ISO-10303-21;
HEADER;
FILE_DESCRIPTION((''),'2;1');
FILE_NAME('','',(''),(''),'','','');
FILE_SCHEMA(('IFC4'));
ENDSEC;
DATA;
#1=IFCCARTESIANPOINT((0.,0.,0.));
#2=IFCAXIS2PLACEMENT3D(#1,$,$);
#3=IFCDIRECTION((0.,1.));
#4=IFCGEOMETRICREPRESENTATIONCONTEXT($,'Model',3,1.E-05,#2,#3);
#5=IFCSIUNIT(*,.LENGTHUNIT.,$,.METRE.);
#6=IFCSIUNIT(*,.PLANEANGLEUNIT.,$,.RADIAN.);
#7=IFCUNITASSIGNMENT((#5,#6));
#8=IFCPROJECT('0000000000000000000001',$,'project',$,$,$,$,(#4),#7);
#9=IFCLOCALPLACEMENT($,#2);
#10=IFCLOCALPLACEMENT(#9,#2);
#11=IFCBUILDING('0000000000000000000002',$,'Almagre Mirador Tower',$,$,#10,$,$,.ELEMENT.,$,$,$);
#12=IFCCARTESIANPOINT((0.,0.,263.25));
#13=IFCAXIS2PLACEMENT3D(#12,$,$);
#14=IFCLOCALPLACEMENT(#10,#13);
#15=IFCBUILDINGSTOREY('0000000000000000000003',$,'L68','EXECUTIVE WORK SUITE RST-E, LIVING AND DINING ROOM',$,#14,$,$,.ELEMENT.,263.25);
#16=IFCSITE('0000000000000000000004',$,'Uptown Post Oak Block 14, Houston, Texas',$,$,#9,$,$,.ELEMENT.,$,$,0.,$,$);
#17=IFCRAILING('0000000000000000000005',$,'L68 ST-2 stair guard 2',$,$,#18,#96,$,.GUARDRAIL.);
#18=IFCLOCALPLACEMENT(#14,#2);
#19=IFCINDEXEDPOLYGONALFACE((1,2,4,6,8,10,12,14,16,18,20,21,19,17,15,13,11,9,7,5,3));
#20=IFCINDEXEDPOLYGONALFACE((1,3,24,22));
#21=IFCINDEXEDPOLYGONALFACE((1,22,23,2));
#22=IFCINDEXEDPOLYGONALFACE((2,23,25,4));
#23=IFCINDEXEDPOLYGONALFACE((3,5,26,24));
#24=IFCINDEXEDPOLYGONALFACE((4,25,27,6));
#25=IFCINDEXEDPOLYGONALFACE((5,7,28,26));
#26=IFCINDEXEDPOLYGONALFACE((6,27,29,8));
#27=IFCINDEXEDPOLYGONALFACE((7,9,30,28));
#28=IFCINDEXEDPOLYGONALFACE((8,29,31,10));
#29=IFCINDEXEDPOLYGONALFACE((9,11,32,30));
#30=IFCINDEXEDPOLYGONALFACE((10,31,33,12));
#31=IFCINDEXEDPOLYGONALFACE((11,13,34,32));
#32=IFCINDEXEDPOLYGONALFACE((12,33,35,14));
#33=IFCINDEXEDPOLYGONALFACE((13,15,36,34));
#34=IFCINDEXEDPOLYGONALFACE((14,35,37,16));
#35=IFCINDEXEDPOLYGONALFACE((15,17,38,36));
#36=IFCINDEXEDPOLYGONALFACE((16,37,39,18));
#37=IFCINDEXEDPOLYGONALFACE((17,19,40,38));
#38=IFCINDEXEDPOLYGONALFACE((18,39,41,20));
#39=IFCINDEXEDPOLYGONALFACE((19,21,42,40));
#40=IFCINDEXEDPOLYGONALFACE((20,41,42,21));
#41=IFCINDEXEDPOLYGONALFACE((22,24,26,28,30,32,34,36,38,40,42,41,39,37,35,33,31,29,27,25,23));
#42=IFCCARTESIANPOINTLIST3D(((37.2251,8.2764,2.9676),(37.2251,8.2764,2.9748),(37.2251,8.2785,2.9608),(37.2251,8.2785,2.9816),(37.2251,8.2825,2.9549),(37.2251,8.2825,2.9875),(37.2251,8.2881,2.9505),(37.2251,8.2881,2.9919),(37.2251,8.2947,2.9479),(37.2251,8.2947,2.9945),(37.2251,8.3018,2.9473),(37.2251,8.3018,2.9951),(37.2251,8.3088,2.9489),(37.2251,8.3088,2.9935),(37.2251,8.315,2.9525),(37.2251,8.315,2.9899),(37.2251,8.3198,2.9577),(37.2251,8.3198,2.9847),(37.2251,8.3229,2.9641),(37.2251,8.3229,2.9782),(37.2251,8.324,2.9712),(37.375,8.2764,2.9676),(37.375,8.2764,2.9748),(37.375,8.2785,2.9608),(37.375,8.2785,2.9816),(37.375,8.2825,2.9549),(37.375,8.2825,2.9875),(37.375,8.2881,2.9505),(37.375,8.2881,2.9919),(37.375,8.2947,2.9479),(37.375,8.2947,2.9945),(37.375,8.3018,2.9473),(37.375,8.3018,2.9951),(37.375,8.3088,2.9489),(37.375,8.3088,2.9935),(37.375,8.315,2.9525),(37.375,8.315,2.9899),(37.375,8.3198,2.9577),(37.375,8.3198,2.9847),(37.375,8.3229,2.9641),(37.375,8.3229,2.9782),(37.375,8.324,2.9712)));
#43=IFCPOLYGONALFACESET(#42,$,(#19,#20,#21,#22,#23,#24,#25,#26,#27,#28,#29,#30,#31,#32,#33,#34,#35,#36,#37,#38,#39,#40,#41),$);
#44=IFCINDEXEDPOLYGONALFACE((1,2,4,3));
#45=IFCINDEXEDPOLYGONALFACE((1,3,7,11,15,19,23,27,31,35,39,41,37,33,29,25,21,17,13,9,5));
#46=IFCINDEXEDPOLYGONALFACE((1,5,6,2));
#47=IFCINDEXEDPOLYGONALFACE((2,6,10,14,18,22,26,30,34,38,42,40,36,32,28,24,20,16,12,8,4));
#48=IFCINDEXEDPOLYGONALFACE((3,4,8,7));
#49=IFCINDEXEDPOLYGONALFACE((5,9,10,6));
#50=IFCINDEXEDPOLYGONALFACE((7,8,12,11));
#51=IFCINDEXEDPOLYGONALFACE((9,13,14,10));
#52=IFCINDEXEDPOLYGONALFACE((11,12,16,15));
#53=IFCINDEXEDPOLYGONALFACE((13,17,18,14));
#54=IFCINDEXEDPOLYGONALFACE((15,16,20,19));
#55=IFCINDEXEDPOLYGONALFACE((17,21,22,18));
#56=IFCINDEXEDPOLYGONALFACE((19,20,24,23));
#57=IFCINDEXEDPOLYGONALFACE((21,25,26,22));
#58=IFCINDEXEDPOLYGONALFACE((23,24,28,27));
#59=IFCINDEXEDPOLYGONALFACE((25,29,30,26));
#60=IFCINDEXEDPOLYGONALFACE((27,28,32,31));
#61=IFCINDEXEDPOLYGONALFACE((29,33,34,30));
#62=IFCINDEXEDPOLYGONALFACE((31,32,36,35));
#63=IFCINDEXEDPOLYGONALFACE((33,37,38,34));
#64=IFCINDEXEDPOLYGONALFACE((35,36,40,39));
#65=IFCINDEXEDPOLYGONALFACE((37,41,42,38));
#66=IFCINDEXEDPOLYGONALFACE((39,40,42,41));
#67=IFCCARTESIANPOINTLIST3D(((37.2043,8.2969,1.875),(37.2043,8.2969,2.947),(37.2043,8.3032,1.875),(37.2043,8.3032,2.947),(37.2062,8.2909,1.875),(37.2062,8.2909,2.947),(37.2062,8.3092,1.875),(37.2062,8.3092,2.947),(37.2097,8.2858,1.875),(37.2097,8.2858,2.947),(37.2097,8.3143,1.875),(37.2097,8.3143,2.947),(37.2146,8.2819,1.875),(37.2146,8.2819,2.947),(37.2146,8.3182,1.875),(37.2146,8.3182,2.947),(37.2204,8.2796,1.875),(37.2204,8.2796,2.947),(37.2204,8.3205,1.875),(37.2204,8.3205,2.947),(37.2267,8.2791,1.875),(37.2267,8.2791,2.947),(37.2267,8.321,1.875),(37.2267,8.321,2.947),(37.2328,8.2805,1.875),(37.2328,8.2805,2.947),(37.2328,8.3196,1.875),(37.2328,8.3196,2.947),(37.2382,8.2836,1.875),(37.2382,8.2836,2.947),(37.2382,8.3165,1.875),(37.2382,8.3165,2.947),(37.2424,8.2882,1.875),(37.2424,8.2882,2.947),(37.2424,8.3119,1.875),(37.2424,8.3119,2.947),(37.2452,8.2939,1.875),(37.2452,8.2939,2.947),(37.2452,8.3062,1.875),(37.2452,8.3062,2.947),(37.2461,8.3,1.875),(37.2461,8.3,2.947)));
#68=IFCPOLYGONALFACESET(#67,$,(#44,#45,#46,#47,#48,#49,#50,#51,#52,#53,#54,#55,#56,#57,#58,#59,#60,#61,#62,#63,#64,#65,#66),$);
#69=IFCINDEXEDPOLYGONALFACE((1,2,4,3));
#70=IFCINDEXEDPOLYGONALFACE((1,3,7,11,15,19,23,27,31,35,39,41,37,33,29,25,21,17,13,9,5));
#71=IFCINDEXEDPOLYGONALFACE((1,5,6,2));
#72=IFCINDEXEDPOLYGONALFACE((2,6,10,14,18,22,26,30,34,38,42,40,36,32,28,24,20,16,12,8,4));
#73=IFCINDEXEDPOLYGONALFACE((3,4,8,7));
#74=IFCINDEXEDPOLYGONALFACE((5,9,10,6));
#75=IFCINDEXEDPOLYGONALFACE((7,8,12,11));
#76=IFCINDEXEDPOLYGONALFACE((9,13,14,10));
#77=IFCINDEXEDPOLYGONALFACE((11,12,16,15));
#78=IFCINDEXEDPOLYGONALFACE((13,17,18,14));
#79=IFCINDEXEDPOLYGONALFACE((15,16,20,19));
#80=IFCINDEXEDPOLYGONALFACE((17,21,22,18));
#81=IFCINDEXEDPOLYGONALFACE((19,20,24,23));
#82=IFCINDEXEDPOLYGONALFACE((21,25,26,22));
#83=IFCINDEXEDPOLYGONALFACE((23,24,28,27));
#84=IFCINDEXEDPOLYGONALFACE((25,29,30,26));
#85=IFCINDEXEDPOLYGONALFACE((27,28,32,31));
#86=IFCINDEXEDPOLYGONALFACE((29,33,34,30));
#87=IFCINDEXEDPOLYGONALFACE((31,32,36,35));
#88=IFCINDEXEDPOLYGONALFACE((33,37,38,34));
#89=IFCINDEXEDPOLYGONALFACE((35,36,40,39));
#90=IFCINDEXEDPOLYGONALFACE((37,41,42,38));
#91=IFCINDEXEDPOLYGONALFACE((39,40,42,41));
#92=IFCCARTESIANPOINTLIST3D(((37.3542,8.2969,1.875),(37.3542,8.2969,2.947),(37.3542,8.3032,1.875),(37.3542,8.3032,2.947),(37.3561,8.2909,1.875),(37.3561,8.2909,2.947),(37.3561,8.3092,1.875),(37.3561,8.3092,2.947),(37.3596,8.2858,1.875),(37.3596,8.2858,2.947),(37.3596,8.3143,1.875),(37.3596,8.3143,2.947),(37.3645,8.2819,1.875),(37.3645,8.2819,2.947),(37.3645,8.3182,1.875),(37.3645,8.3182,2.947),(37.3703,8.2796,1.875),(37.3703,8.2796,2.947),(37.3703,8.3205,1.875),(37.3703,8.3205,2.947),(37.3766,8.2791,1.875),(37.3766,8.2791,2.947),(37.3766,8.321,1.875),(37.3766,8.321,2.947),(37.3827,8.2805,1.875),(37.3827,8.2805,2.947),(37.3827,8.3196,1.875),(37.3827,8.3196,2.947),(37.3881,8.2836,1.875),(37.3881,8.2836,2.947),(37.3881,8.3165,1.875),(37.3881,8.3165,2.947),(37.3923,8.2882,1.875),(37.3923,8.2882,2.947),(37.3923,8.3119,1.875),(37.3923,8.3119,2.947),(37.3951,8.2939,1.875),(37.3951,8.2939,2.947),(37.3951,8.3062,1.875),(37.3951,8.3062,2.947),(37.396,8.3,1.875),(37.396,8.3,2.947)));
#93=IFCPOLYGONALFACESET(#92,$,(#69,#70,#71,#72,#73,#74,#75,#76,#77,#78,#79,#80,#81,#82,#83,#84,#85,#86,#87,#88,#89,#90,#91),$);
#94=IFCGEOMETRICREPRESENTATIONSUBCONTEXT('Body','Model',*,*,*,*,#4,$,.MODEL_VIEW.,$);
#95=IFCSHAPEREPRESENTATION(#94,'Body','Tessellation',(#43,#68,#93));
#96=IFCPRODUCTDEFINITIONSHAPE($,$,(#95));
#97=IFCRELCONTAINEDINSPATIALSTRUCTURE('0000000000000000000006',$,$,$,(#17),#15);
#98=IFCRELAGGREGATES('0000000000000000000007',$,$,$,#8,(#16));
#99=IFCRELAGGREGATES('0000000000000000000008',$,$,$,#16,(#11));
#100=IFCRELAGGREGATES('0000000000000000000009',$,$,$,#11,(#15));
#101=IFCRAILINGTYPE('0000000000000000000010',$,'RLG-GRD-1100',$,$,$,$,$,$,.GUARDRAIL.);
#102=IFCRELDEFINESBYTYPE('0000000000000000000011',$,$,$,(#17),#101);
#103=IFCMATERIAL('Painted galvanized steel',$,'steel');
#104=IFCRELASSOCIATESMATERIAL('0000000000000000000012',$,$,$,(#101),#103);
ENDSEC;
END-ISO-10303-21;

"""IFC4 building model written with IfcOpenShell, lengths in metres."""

from ifc_helpers import new_model, si_unit, direction, frame, origin, origin_2d, place, context, subcontext, project, spatial, circle, extrude, material, type_object, element, save


model = new_model("IFC4")

# Units and contexts
model_context = context("Model", 3, precision=1e-05, world=origin(), true_north=direction((0.0, 1.0)))
body_context = subcontext(model_context, "Body", "Model", "MODEL_VIEW")
ifc_project = project(units=[si_unit("LENGTHUNIT", "METRE"), si_unit("PLANEANGLEUNIT", "RADIAN")], contexts=[model_context])

# Site, building, storey
site_placement = place(None, origin())
site = spatial("IfcSite", under=ifc_project, at=site_placement, Name="Uptown Post Oak Block 14, Houston, Texas", CompositionType="ELEMENT", RefElevation=0.0)
building_placement = place(site_placement, origin())
building = spatial("IfcBuilding", under=site, at=building_placement, Name="Almagre Mirador Tower", CompositionType="ELEMENT")
storey_placement = place(building_placement, frame((0.0, 0.0, 263.25)))
storey = spatial("IfcBuildingStorey", under=building, at=storey_placement, Name="L68", Description="EXECUTIVE WORK SUITE RST-E, LIVING AND DINING ROOM", CompositionType="ELEMENT", Elevation=263.25)

# Railing
ifc_material_1 = material(Name="Painted galvanized steel", Category="steel")
railing_type_1 = type_object("IfcRailingType", Name="RLG-GRD-1100", PredefinedType="GUARDRAIL", material=ifc_material_1)
railing_1_placement = place(storey_placement, frame((37.2251, 8.3, 1.875)))
element("IfcRailing", 1, at=railing_1_placement, inside=storey, type_object=railing_type_1, Name="L68 ST-2 stair guard 2", PredefinedType="GUARDRAIL", context=body_context, shape_type="SweptSolid", body=[
    extrude(circle(Radius=0.0239, at=origin_2d()), frame((0.0, 0.0, 1.0962), z_axis=(1.0, 0.0, 0.0), x_axis=(0.0, 1.0, 0.0)), (0.0, 0.0, 1.0), 0.1499),
    extrude(circle(Radius=0.021, at=origin_2d()), origin(), (0.0, 0.0, 1.0), 1.072),
    extrude(circle(Radius=0.021, at=origin_2d()), frame((0.1499, 0.0, 0.0)), (0.0, 0.0, 1.0), 1.072),
])

save(model, "model.ifc")
